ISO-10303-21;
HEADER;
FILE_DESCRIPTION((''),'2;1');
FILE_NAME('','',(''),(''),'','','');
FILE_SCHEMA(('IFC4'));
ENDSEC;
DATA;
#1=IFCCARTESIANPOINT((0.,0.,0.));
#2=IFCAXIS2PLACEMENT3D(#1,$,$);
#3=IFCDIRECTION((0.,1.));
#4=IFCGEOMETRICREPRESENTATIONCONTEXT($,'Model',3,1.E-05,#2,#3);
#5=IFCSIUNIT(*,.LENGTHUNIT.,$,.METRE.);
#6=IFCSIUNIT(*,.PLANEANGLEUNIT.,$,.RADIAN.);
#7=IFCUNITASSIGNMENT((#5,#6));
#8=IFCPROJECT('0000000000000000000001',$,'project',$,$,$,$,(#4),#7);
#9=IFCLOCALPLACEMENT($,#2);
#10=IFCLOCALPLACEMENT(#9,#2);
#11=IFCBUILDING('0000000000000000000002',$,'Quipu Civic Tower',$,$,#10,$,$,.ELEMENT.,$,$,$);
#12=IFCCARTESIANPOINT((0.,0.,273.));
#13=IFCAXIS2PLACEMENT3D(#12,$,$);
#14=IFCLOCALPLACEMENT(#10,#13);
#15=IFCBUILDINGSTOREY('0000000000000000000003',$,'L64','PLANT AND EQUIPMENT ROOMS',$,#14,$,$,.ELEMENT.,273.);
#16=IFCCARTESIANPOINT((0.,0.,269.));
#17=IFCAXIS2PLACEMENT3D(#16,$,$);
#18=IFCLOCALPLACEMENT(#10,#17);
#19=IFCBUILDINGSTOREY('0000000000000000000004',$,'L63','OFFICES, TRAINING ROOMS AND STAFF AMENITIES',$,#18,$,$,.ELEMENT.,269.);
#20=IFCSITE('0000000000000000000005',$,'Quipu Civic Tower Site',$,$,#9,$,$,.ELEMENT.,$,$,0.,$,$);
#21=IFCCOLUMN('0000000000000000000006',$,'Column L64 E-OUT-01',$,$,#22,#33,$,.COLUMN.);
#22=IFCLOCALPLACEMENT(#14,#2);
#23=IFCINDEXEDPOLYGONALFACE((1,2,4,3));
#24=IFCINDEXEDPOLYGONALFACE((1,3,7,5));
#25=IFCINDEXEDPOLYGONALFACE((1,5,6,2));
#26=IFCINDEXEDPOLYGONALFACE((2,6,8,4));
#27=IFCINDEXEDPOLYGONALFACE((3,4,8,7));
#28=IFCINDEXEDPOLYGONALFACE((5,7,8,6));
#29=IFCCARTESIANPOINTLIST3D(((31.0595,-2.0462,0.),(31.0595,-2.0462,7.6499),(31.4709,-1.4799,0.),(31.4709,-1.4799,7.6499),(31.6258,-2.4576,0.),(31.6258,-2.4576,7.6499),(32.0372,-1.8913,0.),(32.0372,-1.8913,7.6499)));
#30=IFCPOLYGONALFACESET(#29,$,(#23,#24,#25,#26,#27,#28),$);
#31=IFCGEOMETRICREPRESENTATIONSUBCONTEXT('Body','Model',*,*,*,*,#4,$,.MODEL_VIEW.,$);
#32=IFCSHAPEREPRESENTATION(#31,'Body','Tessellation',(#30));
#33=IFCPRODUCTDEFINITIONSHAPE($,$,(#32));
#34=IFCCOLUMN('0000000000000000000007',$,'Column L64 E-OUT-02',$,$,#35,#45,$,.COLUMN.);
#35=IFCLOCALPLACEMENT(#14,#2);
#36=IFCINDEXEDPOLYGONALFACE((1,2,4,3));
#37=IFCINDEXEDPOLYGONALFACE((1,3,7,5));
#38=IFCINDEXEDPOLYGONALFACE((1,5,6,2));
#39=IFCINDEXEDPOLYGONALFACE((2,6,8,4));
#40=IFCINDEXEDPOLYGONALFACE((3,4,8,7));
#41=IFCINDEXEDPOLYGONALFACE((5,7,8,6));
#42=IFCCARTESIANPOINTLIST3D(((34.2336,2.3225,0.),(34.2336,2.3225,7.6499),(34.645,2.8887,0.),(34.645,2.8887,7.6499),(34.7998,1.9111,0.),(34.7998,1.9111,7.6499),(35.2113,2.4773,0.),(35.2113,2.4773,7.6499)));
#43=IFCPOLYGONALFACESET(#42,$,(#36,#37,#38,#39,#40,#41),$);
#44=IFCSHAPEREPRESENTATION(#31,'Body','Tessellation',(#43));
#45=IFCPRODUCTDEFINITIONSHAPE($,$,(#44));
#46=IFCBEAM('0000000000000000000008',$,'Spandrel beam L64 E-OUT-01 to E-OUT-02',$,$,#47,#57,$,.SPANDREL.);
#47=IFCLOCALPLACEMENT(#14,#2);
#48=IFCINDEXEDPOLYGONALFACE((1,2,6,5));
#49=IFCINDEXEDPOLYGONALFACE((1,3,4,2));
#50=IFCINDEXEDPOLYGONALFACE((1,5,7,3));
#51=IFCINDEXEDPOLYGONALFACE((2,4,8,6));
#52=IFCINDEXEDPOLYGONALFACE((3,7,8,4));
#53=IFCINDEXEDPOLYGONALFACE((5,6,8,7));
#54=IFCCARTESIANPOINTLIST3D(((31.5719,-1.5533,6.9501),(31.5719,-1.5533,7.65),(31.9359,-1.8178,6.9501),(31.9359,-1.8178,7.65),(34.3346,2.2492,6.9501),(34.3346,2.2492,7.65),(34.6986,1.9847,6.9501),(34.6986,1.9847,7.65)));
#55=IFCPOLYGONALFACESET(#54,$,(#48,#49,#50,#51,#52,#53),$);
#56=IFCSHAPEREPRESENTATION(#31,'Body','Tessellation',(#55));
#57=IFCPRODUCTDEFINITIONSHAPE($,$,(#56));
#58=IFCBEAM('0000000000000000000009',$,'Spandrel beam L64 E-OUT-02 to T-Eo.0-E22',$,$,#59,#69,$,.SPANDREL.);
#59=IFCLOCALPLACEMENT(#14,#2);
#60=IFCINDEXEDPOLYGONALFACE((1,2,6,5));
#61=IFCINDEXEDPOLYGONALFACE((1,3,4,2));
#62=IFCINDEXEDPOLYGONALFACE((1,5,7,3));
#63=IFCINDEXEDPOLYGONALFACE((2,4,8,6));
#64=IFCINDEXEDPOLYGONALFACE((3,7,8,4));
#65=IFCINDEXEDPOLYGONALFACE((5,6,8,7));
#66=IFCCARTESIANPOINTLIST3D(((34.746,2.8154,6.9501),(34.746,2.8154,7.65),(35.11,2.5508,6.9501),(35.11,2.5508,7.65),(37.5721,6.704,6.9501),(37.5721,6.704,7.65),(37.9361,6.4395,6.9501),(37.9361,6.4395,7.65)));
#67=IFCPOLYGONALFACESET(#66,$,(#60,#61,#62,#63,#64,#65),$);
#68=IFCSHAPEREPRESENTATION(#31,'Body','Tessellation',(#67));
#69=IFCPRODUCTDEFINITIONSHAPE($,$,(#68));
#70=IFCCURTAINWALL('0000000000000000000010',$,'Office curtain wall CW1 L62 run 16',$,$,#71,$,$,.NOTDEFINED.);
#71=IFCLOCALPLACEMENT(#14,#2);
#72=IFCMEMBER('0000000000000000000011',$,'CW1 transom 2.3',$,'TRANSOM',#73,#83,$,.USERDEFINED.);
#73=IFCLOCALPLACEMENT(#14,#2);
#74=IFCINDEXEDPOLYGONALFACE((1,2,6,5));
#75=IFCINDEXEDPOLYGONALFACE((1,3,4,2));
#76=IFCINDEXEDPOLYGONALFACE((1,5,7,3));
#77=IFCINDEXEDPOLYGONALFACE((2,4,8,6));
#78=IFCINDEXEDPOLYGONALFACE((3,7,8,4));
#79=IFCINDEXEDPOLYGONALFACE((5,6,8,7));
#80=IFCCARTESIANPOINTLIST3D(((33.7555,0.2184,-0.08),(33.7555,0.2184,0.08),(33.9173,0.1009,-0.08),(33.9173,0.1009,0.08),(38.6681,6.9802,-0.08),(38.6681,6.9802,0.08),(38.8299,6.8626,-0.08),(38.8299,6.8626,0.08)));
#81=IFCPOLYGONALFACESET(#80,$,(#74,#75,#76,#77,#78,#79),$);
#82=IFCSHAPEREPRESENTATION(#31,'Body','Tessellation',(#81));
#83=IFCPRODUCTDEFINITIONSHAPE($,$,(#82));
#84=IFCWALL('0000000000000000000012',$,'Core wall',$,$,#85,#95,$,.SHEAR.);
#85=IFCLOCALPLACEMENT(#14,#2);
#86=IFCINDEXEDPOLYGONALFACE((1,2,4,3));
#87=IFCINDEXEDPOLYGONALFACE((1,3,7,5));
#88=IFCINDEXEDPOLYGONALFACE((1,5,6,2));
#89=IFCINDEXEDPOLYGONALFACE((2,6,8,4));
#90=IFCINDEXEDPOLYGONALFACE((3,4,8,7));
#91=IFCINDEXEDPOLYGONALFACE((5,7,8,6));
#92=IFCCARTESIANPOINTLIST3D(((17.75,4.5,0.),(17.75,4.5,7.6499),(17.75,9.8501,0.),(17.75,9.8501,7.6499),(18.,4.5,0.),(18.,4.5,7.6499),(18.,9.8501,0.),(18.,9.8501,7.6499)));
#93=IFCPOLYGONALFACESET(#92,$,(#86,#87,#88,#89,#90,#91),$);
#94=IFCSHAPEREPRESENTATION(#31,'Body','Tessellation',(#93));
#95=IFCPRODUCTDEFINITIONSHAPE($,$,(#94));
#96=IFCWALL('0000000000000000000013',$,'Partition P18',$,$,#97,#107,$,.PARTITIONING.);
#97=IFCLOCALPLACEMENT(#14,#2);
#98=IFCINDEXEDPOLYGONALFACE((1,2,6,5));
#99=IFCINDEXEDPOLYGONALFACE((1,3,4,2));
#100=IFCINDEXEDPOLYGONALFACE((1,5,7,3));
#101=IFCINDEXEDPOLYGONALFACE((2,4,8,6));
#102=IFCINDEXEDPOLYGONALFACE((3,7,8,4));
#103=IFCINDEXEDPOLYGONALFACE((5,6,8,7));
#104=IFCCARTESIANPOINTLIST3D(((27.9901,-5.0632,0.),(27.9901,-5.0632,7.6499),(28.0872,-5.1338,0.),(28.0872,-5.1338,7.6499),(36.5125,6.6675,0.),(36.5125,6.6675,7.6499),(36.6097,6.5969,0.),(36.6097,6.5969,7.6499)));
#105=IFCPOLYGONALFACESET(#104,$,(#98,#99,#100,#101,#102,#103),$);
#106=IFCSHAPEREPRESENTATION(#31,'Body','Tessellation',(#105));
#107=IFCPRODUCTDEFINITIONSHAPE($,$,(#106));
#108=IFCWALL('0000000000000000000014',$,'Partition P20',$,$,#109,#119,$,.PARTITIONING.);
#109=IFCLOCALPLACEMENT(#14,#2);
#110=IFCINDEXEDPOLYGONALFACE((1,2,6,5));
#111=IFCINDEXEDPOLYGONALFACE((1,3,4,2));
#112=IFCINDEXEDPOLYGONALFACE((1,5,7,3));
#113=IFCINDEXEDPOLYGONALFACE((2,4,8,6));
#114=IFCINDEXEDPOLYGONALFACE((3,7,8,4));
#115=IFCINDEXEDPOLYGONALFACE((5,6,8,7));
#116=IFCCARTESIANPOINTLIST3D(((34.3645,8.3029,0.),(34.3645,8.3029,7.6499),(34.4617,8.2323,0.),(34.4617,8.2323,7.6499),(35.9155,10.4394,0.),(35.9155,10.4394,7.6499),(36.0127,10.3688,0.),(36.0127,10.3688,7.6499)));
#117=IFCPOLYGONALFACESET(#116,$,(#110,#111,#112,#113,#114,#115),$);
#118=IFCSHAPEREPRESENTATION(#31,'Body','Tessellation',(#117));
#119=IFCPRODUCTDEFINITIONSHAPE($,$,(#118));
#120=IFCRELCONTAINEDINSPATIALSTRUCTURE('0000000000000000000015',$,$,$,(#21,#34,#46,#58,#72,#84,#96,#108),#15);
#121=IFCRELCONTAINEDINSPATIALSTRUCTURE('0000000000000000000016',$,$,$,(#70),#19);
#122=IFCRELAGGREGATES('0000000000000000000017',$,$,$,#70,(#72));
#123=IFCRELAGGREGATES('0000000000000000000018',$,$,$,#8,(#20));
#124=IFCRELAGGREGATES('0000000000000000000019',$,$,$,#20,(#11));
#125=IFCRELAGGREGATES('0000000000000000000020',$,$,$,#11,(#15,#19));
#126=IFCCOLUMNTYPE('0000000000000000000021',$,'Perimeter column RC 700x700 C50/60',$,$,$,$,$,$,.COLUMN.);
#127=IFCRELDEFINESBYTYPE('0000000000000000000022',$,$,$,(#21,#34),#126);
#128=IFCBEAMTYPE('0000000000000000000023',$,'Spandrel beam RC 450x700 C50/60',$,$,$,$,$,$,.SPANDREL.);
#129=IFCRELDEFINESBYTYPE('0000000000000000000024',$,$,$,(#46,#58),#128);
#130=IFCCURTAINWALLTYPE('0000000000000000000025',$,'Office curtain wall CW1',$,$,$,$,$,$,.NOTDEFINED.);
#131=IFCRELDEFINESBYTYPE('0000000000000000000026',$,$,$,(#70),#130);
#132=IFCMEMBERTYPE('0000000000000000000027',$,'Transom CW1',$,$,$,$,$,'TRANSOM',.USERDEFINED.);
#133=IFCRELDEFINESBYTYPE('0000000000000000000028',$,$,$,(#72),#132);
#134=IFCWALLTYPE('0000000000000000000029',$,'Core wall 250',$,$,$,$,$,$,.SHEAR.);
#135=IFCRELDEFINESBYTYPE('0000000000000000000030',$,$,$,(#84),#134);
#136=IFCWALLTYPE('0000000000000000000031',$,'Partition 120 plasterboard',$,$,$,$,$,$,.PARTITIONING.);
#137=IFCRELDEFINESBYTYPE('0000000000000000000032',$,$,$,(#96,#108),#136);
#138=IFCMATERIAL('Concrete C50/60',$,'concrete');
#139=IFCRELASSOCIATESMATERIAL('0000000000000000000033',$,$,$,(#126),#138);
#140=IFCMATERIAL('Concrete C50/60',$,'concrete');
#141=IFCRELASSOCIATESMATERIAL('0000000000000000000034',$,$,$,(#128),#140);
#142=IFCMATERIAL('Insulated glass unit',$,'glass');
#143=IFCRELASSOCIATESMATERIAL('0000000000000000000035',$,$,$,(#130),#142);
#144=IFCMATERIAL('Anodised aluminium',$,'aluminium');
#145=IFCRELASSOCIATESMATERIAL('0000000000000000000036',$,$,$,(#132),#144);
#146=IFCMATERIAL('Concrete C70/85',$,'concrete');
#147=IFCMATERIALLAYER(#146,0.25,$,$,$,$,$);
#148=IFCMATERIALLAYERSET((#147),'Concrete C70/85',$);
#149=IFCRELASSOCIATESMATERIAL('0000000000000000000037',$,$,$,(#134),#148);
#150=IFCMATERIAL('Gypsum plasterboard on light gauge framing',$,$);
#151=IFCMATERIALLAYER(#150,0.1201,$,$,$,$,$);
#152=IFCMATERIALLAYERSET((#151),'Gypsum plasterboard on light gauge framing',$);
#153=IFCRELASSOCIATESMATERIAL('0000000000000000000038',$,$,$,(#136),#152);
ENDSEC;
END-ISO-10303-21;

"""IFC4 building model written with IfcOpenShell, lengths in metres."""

from ifc_helpers import new_model, si_unit, direction, frame, frame_2d, origin, origin_2d, place, context, subcontext, project, spatial, rectangle, extrude, material, layer, layer_set, material_profile, profile_set, type_object, element, aggregate, save


model = new_model("IFC4")

# Units and contexts
model_context = context("Model", 3, precision=1e-05, world=origin(), true_north=direction((0.0, 1.0)))
body_context = subcontext(model_context, "Body", "Model", "MODEL_VIEW")
ifc_project = project(units=[si_unit("LENGTHUNIT", "METRE"), si_unit("PLANEANGLEUNIT", "RADIAN")], contexts=[model_context])

# Site, building, storey
site_placement = place(None, origin())
site = spatial("IfcSite", under=ifc_project, at=site_placement, Name="Quipu Civic Tower Site", CompositionType="ELEMENT", RefElevation=0.0)
building_placement = place(site_placement, origin())
building = spatial("IfcBuilding", under=site, at=building_placement, Name="Quipu Civic Tower", CompositionType="ELEMENT")
storey_1_placement = place(building_placement, frame((0.0, 0.0, 273.0)))
storey_1 = spatial("IfcBuildingStorey", under=building, at=storey_1_placement, Name="L64", Description="PLANT AND EQUIPMENT ROOMS", CompositionType="ELEMENT", Elevation=273.0)

# Columns
ifc_material_1 = material(Name="Concrete C50/60", Category="concrete")
ifc_material_profile_1 = material_profile(ifc_material_1, rectangle(XDim=0.7, YDim=0.7, at=origin_2d()), Name="RC700x700")
ifc_profile_set_1 = profile_set([ifc_material_profile_1], Name="Concrete C50/60")
column_type = type_object("IfcColumnType", Name="Perimeter column RC 700x700 C50/60", PredefinedType="COLUMN", material=ifc_profile_set_1)
for number, where, z_axis, x_axis, name in (
    (1, (31.5483, -1.9688, 0.0), (0.0, 0.0, 1.0), (0.587785, 0.809017, 0.0), "Column L64 E-OUT-01"),
    (2, (34.7224, 2.3999, 0.0), (0.0, 0.0, 1.0), (0.587785, 0.809017, 0.0), "Column L64 E-OUT-02"),
):
    element("IfcColumn", number, at=place(storey_1_placement, frame(where, z_axis=z_axis, x_axis=x_axis)), inside=storey_1, type_object=column_type, Name=name, PredefinedType="COLUMN", context=body_context, shape_type="SweptSolid", body=[
        extrude(rectangle(XDim=0.7, YDim=0.7, at=origin_2d()), origin(), (0.0, 0.0, 1.0), 7.6499),
    ])

# Beams
ifc_material_2 = material(Name="Concrete C50/60", Category="concrete")
ifc_material_profile_2 = material_profile(ifc_material_2, rectangle(XDim=0.45, YDim=0.7, at=origin_2d()), Name="RC450x700")
ifc_profile_set_2 = profile_set([ifc_material_profile_2], Name="Concrete C50/60")
beam_type = type_object("IfcBeamType", Name="Spandrel beam RC 450x700 C50/60", PredefinedType="SPANDREL", material=ifc_profile_set_2)
beam_1_placement = place(storey_1_placement, frame((31.7539, -1.6855, 7.3), z_axis=(0.587789, 0.809015, 0.0), x_axis=(-0.809015, 0.587789, 0.0)))
element("IfcBeam", 3, at=beam_1_placement, inside=storey_1, type_object=beam_type, Name="Spandrel beam L64 E-OUT-01 to E-OUT-02", PredefinedType="SPANDREL", context=body_context, shape_type="SweptSolid", body=[
    extrude(rectangle(XDim=0.45, YDim=0.7, at=origin_2d()), origin(), (0.0, 0.0, 1.0), 4.7002),
])
beam_2_placement = place(storey_1_placement, frame((34.928, 2.6831, 7.3), z_axis=(0.587906, 0.808929, 0.0), x_axis=(-0.808929, 0.587906, 0.0)))
element("IfcBeam", 4, at=beam_2_placement, inside=storey_1, type_object=beam_type, Name="Spandrel beam L64 E-OUT-02 to T-Eo.0-E22", PredefinedType="SPANDREL", context=body_context, shape_type="SweptSolid", body=[
    extrude(rectangle(XDim=0.45, YDim=0.7, at=origin_2d()), origin(), (0.0, 0.0, 1.0), 4.8071),
])

# Shared definitions
storey_2_placement = place(building_placement, frame((0.0, 0.0, 269.0)))
storey_2 = spatial("IfcBuildingStorey", under=building, at=storey_2_placement, Name="L63", Description="OFFICES, TRAINING ROOMS AND STAFF AMENITIES", CompositionType="ELEMENT", Elevation=269.0)

# Curtain wall, member
ifc_material_3 = material(Name="Insulated glass unit", Category="glass")
curtain_wall_type = type_object("IfcCurtainWallType", Name="Office curtain wall CW1", PredefinedType="NOTDEFINED", material=ifc_material_3)
curtain_wall_placement = place(storey_2_placement, origin())
curtain_wall = element("IfcCurtainWall", 5, at=curtain_wall_placement, inside=storey_2, type_object=curtain_wall_type, Name="Office curtain wall CW1 L62 run 16", PredefinedType="NOTDEFINED")
ifc_material_4 = material(Name="Anodised aluminium", Category="aluminium")
ifc_material_profile_3 = material_profile(ifc_material_4, rectangle(XDim=0.2, YDim=0.1599, at=origin_2d()), Name="RECT 200x160")
ifc_profile_set_3 = profile_set([ifc_material_profile_3], Name="Anodised aluminium")
member_type = type_object("IfcMemberType", Name="Transom CW1", ElementType="TRANSOM", PredefinedType="USERDEFINED", material=ifc_profile_set_3)
member_placement = place(storey_1_placement, frame((33.8364, 0.1597, 0.0), z_axis=(0.587779, 0.809021, 0.0), x_axis=(-0.809021, 0.587779, 0.0)))
member = element("IfcMember", 6, at=member_placement, inside=storey_1, type_object=member_type, Name="CW1 transom 2.3", ObjectType="TRANSOM", PredefinedType="USERDEFINED", context=body_context, shape_type="SweptSolid", body=[
    extrude(rectangle(XDim=0.2, YDim=0.1599, at=origin_2d()), origin(), (0.0, 0.0, 1.0), 8.3579),
])
aggregate(curtain_wall, [member])

# Wall
ifc_material_5 = material(Name="Concrete C70/85", Category="concrete")
ifc_layer_1 = layer(ifc_material_5, 0.25)
ifc_layer_set_1 = layer_set([ifc_layer_1], Name="Concrete C70/85")
wall_type_1 = type_object("IfcWallType", Name="Core wall 250", PredefinedType="SHEAR", material=ifc_layer_set_1)
wall_1_placement = place(storey_1_placement, frame((17.875, 4.5, 0.0), z_axis=(0.0, 0.0, 1.0), x_axis=(0.0, 1.0, 0.0)))
element("IfcWall", 7, at=wall_1_placement, inside=storey_1, type_object=wall_type_1, Name="Core wall", PredefinedType="SHEAR", context=body_context, shape_type="SweptSolid", body=[
    extrude(rectangle(XDim=5.3501, YDim=0.25, at=frame_2d((2.675, 0.0))), origin(), (0.0, 0.0, 1.0), 7.6499),
])

# Walls
ifc_material_6 = material(Name="Gypsum plasterboard on light gauge framing")
ifc_layer_2 = layer(ifc_material_6, 0.1201)
ifc_layer_set_2 = layer_set([ifc_layer_2], Name="Gypsum plasterboard on light gauge framing")
wall_type_2 = type_object("IfcWallType", Name="Partition 120 plasterboard", PredefinedType="PARTITIONING", material=ifc_layer_set_2)
wall_2_placement = place(storey_1_placement, frame((28.0386, -5.0986, 0.0), z_axis=(0.0, 0.0, 1.0), x_axis=(0.587767, 0.80903, 0.0)))
element("IfcWall", 8, at=wall_2_placement, inside=storey_1, type_object=wall_type_2, Name="Partition P18", PredefinedType="PARTITIONING", context=body_context, shape_type="SweptSolid", body=[
    extrude(rectangle(XDim=14.4998, YDim=0.1201, at=frame_2d((7.25, 0.0))), origin(), (0.0, 0.0, 1.0), 7.6499),
])
wall_3_placement = place(storey_1_placement, frame((34.4131, 8.2676, 0.0), z_axis=(0.0, 0.0, 1.0), x_axis=(0.587484, 0.809236, 0.0)))
element("IfcWall", 9, at=wall_3_placement, inside=storey_1, type_object=wall_type_2, Name="Partition P20", PredefinedType="PARTITIONING", context=body_context, shape_type="SweptSolid", body=[
    extrude(rectangle(XDim=2.6401, YDim=0.1201, at=frame_2d((1.3201, 0.0))), origin(), (0.0, 0.0, 1.0), 7.6499),
])

save(model, "model.ifc")
